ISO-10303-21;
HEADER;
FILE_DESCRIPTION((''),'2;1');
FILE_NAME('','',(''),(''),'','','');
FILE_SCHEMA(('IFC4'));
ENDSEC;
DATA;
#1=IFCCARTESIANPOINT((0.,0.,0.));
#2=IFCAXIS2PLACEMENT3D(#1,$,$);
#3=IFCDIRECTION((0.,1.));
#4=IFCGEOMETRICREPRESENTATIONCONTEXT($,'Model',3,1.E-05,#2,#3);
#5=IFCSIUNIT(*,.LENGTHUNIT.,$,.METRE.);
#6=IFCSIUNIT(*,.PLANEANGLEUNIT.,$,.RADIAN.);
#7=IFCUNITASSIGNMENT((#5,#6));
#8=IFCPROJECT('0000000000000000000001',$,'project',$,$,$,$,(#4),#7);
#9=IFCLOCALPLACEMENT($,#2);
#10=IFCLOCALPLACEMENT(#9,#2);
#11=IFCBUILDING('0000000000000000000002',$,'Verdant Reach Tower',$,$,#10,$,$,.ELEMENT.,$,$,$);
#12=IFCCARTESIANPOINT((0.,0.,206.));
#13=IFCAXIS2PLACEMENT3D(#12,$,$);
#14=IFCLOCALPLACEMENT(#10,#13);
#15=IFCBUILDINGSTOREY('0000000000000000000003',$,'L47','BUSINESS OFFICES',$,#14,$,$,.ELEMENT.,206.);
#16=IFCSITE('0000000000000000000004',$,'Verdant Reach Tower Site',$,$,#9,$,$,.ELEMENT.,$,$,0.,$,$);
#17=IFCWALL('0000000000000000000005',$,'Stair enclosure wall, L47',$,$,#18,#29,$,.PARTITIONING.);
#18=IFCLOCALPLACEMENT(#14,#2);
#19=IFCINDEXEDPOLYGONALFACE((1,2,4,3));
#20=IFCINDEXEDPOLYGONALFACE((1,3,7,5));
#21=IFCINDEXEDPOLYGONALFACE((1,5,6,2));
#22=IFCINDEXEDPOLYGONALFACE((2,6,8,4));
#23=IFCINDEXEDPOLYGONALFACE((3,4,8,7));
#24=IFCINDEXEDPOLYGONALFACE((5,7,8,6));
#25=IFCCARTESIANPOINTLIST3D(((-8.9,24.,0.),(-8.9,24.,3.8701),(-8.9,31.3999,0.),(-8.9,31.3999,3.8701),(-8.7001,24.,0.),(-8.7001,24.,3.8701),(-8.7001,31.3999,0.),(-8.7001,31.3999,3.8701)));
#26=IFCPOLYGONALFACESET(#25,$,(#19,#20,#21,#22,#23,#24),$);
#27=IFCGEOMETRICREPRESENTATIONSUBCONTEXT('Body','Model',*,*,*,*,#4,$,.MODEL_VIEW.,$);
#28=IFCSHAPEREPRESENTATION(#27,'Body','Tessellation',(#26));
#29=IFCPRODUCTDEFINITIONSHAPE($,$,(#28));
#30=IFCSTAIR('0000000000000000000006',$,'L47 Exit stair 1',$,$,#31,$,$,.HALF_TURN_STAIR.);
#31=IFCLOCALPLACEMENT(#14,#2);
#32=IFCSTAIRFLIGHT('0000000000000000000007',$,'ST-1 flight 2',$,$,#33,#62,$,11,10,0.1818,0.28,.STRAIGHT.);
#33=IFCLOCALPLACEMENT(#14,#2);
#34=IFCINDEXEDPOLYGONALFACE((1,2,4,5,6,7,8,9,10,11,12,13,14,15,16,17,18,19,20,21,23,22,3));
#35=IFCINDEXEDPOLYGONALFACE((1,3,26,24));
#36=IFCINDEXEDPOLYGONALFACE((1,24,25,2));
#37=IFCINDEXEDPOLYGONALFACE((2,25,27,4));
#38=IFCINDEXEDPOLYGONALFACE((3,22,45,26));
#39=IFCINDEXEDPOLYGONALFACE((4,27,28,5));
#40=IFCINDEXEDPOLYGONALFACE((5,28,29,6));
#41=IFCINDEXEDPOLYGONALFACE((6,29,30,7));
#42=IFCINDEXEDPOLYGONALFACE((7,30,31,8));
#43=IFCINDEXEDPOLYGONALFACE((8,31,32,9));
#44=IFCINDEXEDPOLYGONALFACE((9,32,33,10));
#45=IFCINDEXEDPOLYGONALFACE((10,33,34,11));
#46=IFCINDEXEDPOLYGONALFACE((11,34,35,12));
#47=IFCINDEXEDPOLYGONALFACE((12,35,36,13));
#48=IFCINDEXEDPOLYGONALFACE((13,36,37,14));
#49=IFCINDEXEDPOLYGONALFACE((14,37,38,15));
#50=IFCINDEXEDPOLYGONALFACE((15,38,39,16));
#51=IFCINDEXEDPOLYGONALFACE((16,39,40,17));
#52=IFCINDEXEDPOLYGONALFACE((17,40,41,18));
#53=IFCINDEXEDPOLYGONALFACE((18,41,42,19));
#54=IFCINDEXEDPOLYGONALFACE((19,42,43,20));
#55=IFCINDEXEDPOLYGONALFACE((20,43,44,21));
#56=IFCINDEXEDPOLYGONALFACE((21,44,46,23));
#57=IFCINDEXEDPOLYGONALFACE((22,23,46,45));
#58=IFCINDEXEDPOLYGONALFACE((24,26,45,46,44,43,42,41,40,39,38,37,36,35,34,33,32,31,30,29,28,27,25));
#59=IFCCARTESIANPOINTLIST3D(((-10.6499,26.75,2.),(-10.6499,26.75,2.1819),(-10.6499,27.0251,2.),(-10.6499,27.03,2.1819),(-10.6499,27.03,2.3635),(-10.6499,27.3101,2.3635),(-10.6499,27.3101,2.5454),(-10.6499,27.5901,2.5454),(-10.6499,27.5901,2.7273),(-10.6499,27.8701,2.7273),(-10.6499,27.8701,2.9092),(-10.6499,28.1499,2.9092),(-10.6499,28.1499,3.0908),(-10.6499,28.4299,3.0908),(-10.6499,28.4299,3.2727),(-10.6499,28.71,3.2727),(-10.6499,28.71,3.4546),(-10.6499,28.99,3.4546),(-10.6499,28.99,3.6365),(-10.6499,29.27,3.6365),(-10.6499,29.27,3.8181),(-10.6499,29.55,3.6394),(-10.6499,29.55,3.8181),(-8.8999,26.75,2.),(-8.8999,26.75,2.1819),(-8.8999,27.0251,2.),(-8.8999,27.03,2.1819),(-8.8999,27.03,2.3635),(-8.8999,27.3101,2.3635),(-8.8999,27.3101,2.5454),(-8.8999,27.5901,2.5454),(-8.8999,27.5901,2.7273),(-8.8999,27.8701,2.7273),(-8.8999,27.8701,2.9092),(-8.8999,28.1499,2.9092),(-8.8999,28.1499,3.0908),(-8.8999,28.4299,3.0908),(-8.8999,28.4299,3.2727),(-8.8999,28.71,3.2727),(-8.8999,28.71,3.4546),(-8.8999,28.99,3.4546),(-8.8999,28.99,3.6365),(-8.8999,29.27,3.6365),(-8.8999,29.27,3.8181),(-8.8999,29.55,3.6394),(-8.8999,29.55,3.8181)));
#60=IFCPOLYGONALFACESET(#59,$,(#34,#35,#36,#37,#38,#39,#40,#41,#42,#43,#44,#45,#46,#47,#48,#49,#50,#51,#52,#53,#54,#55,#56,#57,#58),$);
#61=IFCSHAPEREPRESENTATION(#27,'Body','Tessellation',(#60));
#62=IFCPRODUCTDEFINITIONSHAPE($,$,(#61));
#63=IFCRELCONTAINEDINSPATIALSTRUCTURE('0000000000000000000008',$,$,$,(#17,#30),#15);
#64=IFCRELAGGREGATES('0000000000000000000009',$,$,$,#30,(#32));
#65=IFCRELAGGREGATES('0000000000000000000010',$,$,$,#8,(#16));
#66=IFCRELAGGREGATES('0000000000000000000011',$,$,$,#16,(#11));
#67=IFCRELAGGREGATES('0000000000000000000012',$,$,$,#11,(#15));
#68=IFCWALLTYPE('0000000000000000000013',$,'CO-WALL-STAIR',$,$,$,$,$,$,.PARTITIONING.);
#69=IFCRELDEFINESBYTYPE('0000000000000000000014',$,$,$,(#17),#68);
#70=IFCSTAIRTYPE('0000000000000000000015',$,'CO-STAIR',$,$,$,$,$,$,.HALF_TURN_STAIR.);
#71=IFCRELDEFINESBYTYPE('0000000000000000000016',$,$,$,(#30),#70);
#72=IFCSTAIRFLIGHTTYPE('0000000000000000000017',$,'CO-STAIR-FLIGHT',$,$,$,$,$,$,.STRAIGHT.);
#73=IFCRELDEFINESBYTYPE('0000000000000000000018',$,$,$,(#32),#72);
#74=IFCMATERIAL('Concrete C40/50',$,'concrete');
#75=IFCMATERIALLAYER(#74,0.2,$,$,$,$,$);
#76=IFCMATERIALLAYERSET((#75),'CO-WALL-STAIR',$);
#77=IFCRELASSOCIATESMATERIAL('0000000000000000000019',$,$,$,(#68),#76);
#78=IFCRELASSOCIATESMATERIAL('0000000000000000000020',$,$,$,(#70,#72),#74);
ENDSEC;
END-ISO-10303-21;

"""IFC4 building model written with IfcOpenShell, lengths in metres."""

from ifc_helpers import new_model, si_unit, direction, frame, frame_2d, origin, place, context, subcontext, project, spatial, polyline, rectangle, outline, extrude, material, layer, layer_set, type_object, element, aggregate, save


model = new_model("IFC4")

# Units and contexts
model_context = context("Model", 3, precision=1e-05, world=origin(), true_north=direction((0.0, 1.0)))
body_context = subcontext(model_context, "Body", "Model", "MODEL_VIEW")
ifc_project = project(units=[si_unit("LENGTHUNIT", "METRE"), si_unit("PLANEANGLEUNIT", "RADIAN")], contexts=[model_context])

# Site, building, storey
site_placement = place(None, origin())
site = spatial("IfcSite", under=ifc_project, at=site_placement, Name="Verdant Reach Tower Site", CompositionType="ELEMENT", RefElevation=0.0)
building_placement = place(site_placement, origin())
building = spatial("IfcBuilding", under=site, at=building_placement, Name="Verdant Reach Tower", CompositionType="ELEMENT")
storey_placement = place(building_placement, frame((0.0, 0.0, 206.0)))
storey = spatial("IfcBuildingStorey", under=building, at=storey_placement, Name="L47", Description="BUSINESS OFFICES", CompositionType="ELEMENT", Elevation=206.0)

# Shared definitions
ifc_material_1 = material(Name="Concrete C40/50", Category="concrete")

# Shared definitions
ifc_layer_1 = layer(ifc_material_1, 0.2)
ifc_layer_set_1 = layer_set([ifc_layer_1], Name="CO-WALL-STAIR")
wall_type_1 = type_object("IfcWallType", Name="CO-WALL-STAIR", PredefinedType="PARTITIONING", material=ifc_layer_set_1)

# Wall
wall_1_placement = place(storey_placement, frame((-8.8, 24.0, 0.0), z_axis=(0.0, 0.0, 1.0), x_axis=(0.0, 1.0, 0.0)))
element("IfcWall", 1, at=wall_1_placement, inside=storey, type_object=wall_type_1, Name="Stair enclosure wall, L47", PredefinedType="PARTITIONING", context=body_context, shape_type="SweptSolid", body=[
    extrude(rectangle(XDim=7.3999, YDim=0.2, at=frame_2d((3.7, 0.0))), origin(), (0.0, 0.0, 1.0), 3.8701),
])

# Stair, stair flight
stair_type = type_object("IfcStairType", Name="CO-STAIR", PredefinedType="HALF_TURN_STAIR", material=ifc_material_1)
stair_placement = place(storey_placement, origin())
stair = element("IfcStair", 2, at=stair_placement, inside=storey, type_object=stair_type, Name="L47 Exit stair 1", PredefinedType="HALF_TURN_STAIR")
stair_flight_type = type_object("IfcStairFlightType", Name="CO-STAIR-FLIGHT", PredefinedType="STRAIGHT", material=ifc_material_1)
stair_flight_placement = place(storey_placement, frame((-9.7749, 26.75, 2.0), z_axis=(0.0, 0.0, 1.0), x_axis=(0.0, 1.0, 0.0)))
stair_flight = element("IfcStairFlight", 3, at=stair_flight_placement, type_object=stair_flight_type, Name="ST-1 flight 2", NumberOfRisers=11, NumberOfTreads=10, PredefinedType="STRAIGHT", RiserHeight=0.1818, TreadLength=0.28, context=body_context, shape_type="SweptSolid", body=[
    extrude(outline(polyline([(0.0, 0.0), (0.0, 0.1819), (0.28, 0.1819), (0.28, 0.3635), (0.5601, 0.3635), (0.5601, 0.5454), (0.8401, 0.5454), (0.8401, 0.7273), (1.1201, 0.7273), (1.1201, 0.9092), (1.3999, 0.9092), (1.3999, 1.0908), (1.6799, 1.0908), (1.6799, 1.2727), (1.96, 1.2727), (1.96, 1.4546), (2.24, 1.4546), (2.24, 1.6365), (2.52, 1.6365), (2.52, 1.8181), (2.8, 1.8181), (2.8, 2.0), (2.8, 1.6394), (0.2751, 0.0), (0.0, 0.0)])), frame((0.0, 0.875, 0.0), z_axis=(0.0, -1.0, 0.0), x_axis=(1.0, 0.0, 0.0)), (0.0, 0.0, 1.0), 1.75),
])
aggregate(stair, [stair_flight])

save(model, "model.ifc")
